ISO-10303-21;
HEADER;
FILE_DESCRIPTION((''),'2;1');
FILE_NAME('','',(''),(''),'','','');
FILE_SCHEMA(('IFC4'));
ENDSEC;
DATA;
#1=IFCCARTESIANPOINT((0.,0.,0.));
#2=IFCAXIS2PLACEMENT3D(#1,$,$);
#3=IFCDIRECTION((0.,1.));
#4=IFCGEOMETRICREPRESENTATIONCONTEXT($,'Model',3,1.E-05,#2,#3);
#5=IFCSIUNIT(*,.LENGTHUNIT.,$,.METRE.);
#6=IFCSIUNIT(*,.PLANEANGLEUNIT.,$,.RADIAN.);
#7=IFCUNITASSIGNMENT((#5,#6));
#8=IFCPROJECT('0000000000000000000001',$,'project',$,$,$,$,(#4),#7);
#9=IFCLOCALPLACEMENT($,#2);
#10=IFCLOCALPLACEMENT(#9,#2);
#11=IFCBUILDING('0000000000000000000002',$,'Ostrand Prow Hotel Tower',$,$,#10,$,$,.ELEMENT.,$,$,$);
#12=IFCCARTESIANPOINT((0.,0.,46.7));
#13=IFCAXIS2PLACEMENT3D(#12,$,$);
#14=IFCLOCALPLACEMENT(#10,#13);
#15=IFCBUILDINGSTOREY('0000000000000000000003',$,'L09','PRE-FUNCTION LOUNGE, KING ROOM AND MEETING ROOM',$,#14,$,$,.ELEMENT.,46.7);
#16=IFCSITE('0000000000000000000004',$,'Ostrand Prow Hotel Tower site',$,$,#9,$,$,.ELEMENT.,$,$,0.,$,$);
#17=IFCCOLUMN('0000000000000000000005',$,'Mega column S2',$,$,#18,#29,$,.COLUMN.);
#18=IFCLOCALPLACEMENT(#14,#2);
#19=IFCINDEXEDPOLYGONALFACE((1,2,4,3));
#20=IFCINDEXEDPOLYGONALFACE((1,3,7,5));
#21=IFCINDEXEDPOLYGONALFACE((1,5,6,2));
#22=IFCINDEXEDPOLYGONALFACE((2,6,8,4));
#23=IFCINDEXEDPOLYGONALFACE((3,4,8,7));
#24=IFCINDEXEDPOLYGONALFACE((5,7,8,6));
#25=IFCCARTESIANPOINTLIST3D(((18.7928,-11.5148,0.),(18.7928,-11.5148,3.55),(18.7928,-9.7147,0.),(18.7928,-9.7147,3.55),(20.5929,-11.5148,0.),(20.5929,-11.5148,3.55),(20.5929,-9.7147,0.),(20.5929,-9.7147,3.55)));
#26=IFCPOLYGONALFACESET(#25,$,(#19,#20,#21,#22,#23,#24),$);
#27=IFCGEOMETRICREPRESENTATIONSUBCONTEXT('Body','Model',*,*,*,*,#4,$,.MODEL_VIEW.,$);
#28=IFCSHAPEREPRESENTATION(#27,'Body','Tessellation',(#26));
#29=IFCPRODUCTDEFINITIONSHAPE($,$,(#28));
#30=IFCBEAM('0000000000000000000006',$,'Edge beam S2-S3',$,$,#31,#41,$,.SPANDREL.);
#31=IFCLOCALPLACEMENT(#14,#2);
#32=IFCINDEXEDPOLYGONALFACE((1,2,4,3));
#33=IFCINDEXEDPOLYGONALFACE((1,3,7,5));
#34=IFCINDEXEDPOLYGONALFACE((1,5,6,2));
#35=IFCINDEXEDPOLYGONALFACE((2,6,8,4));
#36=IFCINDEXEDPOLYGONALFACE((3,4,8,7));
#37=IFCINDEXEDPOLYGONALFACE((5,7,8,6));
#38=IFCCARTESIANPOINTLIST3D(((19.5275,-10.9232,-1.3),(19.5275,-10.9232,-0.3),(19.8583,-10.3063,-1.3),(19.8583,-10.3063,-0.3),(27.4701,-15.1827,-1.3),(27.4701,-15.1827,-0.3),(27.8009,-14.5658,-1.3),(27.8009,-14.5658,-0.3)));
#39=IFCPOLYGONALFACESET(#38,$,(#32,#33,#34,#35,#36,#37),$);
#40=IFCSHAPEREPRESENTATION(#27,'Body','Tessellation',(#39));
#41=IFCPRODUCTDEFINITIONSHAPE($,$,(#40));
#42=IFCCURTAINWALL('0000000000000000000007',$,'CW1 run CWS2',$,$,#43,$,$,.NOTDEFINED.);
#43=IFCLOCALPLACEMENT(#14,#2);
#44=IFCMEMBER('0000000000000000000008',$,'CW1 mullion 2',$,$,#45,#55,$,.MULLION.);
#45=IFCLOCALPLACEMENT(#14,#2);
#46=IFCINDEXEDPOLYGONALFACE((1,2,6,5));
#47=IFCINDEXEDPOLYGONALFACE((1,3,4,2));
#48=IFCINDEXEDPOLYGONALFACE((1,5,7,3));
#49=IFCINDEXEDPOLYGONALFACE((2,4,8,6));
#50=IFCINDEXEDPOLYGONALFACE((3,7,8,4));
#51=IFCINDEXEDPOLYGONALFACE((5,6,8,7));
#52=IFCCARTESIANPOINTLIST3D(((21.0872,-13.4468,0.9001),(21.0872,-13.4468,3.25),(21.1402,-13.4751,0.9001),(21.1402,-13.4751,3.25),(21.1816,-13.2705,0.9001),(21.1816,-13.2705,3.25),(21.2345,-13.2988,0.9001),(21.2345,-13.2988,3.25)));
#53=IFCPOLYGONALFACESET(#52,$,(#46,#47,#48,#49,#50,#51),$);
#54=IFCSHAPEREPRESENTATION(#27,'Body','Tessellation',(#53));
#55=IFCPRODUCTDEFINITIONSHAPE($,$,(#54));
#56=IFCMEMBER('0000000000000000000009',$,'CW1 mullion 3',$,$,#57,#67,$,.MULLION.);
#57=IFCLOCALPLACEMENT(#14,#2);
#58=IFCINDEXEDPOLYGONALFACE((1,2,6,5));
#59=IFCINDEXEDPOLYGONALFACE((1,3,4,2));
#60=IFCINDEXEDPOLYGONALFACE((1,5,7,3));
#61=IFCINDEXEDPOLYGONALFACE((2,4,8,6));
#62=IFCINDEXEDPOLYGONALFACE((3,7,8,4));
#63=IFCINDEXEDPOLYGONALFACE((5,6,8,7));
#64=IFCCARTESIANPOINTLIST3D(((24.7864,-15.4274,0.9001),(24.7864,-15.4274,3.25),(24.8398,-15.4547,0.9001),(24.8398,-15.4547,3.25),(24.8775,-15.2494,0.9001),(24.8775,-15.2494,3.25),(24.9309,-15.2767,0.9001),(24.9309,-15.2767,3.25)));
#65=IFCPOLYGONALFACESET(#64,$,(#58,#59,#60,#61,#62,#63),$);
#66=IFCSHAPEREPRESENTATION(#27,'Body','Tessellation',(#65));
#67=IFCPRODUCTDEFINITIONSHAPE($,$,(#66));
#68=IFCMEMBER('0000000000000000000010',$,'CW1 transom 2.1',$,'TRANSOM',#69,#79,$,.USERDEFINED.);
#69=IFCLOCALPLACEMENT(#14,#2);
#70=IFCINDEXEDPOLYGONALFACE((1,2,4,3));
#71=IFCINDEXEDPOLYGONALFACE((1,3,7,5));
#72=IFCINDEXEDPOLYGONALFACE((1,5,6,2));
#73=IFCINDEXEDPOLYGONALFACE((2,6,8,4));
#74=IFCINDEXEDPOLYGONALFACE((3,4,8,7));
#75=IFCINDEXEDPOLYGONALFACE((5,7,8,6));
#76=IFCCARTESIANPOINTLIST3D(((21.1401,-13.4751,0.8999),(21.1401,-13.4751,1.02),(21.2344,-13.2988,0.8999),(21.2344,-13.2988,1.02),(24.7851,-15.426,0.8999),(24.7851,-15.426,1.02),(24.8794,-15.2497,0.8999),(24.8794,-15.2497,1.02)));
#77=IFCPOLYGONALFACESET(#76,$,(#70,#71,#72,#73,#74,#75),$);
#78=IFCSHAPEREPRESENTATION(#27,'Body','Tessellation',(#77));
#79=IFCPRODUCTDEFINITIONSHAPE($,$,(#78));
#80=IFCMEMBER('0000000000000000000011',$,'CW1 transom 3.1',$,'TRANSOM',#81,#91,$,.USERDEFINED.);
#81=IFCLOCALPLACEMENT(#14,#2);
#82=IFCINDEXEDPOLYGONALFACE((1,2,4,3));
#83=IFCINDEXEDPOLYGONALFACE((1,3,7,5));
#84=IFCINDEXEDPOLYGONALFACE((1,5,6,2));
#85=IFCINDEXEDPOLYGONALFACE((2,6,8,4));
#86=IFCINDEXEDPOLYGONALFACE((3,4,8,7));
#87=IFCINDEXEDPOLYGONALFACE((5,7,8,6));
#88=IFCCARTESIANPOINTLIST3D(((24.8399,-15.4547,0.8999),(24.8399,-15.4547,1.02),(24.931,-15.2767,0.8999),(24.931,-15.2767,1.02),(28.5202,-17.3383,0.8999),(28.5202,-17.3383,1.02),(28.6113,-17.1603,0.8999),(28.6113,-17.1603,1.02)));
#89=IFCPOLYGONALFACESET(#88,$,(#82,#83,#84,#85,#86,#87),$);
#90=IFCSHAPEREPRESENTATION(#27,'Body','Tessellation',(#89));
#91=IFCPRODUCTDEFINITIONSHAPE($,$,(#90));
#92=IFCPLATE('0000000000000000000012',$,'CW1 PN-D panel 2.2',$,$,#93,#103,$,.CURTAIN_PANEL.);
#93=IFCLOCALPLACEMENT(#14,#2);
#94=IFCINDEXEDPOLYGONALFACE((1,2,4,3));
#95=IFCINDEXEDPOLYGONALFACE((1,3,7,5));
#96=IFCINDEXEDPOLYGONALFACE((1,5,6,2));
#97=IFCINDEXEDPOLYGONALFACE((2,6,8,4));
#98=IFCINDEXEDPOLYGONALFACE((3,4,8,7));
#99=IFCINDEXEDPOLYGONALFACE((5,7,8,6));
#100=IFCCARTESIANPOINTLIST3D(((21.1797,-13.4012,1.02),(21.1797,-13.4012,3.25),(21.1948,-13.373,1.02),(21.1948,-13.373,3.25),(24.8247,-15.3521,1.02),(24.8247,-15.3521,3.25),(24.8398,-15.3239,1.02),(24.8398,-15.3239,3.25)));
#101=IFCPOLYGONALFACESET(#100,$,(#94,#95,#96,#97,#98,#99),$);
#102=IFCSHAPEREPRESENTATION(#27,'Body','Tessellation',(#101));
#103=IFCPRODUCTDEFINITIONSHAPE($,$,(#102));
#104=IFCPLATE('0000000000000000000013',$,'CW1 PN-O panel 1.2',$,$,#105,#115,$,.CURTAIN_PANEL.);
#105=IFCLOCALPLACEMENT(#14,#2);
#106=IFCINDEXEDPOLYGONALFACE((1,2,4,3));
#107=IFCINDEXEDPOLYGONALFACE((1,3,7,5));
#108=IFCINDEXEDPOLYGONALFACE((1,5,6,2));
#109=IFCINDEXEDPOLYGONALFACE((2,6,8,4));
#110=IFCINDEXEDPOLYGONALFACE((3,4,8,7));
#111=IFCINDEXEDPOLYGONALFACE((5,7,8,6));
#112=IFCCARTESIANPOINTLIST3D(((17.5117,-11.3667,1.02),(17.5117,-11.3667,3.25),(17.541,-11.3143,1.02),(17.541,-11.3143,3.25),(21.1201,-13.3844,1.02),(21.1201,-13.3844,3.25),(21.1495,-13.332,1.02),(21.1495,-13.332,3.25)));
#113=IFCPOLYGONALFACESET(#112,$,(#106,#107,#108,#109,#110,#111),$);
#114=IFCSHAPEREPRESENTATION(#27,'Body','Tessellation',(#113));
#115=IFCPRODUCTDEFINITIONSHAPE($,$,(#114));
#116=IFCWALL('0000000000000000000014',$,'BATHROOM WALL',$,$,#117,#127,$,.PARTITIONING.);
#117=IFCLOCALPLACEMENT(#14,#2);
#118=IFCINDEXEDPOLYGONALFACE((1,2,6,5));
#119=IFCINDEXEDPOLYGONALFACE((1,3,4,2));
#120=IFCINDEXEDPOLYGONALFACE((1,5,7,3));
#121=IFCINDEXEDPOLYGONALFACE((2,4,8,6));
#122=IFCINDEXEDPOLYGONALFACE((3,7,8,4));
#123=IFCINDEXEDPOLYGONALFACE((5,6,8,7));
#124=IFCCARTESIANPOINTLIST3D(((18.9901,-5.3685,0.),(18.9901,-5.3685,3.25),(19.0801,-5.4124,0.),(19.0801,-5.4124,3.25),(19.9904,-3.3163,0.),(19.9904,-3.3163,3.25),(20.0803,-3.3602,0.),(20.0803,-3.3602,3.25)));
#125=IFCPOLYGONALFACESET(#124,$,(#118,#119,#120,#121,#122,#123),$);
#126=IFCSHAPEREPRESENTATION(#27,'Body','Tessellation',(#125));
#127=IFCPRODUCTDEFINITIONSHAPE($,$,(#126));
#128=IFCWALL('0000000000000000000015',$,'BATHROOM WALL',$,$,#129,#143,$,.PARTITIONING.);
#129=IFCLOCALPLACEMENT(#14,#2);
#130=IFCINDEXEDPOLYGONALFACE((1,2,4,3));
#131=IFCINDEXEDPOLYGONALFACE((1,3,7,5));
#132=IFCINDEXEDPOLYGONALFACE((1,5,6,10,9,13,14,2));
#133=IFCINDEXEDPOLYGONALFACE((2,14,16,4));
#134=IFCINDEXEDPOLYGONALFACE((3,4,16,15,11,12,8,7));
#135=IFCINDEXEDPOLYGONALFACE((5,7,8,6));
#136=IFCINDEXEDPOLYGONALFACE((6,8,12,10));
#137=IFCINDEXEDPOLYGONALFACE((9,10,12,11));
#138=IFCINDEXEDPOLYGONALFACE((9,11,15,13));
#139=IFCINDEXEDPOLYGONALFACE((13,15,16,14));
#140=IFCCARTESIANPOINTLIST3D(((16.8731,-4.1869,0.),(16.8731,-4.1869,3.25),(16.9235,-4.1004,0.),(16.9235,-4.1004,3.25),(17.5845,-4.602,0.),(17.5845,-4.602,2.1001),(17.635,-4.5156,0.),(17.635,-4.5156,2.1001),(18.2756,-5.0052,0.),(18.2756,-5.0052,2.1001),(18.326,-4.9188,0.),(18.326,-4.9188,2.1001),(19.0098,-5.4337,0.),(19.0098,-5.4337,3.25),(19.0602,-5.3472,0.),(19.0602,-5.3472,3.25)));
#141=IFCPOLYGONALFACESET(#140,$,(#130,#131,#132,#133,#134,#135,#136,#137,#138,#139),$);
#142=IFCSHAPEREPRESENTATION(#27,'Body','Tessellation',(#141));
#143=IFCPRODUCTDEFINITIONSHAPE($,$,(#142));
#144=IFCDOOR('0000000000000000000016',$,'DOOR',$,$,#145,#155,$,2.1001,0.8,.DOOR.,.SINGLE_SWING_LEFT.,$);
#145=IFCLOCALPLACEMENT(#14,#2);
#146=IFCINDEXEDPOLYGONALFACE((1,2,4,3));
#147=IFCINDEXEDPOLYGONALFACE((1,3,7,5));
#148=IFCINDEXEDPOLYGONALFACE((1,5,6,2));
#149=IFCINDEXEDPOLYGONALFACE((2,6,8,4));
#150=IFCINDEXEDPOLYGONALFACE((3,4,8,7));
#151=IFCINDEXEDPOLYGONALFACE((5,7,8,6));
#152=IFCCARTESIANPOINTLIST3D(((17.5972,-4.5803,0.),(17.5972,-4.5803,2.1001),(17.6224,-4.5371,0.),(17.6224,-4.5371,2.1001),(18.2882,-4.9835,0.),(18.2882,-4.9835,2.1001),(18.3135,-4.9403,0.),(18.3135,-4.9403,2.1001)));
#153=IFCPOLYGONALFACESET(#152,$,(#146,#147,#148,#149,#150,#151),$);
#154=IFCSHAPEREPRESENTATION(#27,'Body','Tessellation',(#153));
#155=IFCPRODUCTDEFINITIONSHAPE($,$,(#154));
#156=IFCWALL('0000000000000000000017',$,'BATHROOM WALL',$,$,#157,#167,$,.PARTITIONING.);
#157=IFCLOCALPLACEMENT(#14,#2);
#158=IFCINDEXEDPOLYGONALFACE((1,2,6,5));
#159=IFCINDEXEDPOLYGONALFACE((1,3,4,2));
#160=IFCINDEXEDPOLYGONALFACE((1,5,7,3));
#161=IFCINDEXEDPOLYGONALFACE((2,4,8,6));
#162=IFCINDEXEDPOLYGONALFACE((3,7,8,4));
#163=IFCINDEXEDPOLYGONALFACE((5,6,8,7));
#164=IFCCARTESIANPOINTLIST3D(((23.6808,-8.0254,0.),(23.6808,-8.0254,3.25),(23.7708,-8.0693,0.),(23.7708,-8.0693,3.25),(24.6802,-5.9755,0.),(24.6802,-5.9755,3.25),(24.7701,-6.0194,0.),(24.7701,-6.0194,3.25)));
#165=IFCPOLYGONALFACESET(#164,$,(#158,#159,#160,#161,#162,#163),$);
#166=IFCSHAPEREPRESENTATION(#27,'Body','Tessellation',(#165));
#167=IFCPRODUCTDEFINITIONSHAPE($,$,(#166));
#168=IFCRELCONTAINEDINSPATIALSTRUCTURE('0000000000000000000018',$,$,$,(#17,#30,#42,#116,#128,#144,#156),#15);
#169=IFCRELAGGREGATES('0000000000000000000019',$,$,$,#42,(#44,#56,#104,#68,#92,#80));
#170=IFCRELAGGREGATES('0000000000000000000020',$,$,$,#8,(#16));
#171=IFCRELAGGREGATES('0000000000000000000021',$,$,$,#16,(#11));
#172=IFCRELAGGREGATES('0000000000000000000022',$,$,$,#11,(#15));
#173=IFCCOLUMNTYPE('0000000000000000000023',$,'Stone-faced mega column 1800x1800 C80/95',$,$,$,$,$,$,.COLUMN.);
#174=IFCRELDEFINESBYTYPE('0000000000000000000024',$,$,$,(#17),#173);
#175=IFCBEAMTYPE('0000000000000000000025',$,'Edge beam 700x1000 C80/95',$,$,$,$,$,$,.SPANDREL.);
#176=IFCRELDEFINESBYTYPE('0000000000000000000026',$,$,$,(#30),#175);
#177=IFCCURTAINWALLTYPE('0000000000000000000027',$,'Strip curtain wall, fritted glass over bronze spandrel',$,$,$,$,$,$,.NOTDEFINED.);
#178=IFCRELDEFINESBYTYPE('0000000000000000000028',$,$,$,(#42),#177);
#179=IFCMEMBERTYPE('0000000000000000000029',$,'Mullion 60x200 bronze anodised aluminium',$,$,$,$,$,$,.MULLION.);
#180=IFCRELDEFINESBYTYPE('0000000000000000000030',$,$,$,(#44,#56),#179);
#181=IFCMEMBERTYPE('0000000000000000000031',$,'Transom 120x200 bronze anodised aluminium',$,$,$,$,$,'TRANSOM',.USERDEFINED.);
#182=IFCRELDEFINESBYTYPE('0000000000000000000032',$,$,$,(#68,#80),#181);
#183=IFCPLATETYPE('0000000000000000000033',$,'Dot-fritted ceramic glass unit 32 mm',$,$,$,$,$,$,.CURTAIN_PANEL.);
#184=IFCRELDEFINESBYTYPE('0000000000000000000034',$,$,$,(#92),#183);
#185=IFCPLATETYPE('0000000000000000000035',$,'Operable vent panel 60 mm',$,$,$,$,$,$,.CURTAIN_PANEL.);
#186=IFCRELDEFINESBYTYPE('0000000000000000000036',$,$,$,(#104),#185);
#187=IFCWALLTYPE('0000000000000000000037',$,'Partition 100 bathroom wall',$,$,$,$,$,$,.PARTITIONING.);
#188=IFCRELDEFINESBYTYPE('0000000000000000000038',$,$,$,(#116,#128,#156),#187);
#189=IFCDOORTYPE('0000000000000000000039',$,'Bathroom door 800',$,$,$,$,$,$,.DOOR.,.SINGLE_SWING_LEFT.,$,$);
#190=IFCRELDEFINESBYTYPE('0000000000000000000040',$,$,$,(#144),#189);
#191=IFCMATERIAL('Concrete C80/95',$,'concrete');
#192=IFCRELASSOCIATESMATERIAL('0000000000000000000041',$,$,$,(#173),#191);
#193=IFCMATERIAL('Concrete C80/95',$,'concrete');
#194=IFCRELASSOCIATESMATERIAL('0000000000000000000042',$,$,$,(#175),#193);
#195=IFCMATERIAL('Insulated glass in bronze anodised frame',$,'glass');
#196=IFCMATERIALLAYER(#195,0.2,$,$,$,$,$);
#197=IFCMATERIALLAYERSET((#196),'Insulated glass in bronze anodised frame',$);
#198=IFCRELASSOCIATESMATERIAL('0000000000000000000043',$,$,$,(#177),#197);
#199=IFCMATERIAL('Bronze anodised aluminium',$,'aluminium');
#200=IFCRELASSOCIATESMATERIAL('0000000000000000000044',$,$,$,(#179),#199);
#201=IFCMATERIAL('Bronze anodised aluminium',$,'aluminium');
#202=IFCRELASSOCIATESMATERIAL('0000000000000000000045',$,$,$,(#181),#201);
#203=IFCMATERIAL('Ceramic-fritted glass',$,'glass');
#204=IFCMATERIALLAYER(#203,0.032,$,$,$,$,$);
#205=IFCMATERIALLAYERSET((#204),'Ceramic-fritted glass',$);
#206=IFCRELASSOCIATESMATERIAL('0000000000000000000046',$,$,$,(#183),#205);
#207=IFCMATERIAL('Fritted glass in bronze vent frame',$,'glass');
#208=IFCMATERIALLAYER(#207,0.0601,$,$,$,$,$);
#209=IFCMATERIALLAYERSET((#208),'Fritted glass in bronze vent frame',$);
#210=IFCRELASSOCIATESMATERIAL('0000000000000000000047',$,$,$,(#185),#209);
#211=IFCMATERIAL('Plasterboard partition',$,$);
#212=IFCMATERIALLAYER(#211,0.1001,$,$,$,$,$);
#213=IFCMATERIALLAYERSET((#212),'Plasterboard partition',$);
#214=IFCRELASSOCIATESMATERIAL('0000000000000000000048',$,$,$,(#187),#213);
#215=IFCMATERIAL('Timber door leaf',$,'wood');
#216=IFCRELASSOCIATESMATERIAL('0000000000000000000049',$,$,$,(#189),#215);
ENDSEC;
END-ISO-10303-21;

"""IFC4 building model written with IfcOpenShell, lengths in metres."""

from ifc_helpers import new_model, si_unit, direction, frame, frame_2d, origin, origin_2d, place, context, subcontext, project, spatial, rectangle, extrude, material, layer, layer_set, material_profile, profile_set, type_object, element, fill, aggregate, save


model = new_model("IFC4")

# Units and contexts
model_context = context("Model", 3, precision=1e-05, world=origin(), true_north=direction((0.0, 1.0)))
body_context = subcontext(model_context, "Body", "Model", "MODEL_VIEW")
ifc_project = project(units=[si_unit("LENGTHUNIT", "METRE"), si_unit("PLANEANGLEUNIT", "RADIAN")], contexts=[model_context])

# Site, building, storey
site_placement = place(None, origin())
site = spatial("IfcSite", under=ifc_project, at=site_placement, Name="Ostrand Prow Hotel Tower site", CompositionType="ELEMENT", RefElevation=0.0)
building_placement = place(site_placement, origin())
building = spatial("IfcBuilding", under=site, at=building_placement, Name="Ostrand Prow Hotel Tower", CompositionType="ELEMENT")
storey_placement = place(building_placement, frame((0.0, 0.0, 46.7)))
storey = spatial("IfcBuildingStorey", under=building, at=storey_placement, Name="L09", Description="PRE-FUNCTION LOUNGE, KING ROOM AND MEETING ROOM", CompositionType="ELEMENT", Elevation=46.7)

# Column
ifc_material_1 = material(Name="Concrete C80/95", Category="concrete")
ifc_material_profile_1 = material_profile(ifc_material_1, rectangle(XDim=1.8, YDim=1.8, at=origin_2d()), Name="RC 1800x1800")
ifc_profile_set_1 = profile_set([ifc_material_profile_1], Name="Concrete C80/95")
column_type = type_object("IfcColumnType", Name="Stone-faced mega column 1800x1800 C80/95", PredefinedType="COLUMN", material=ifc_profile_set_1)
column_placement = place(storey_placement, frame((19.6929, -10.6147, 0.0), z_axis=(0.0, 0.0, 1.0), x_axis=(1.0, 0.0, 0.0)))
element("IfcColumn", 1, at=column_placement, inside=storey, type_object=column_type, Name="Mega column S2", PredefinedType="COLUMN", context=body_context, shape_type="SweptSolid", body=[
    extrude(rectangle(XDim=1.8, YDim=1.8, at=origin_2d()), origin(), (0.0, 0.0, 1.0), 3.55),
])

# Beam
ifc_material_2 = material(Name="Concrete C80/95", Category="concrete")
ifc_material_profile_2 = material_profile(ifc_material_2, rectangle(XDim=0.7, YDim=1.0, at=origin_2d()), Name="RC 700x1000")
ifc_profile_set_2 = profile_set([ifc_material_profile_2], Name="Concrete C80/95")
beam_type = type_object("IfcBeamType", Name="Edge beam 700x1000 C80/95", PredefinedType="SPANDREL", material=ifc_profile_set_2)
beam_placement = place(storey_placement, frame((19.6929, -10.6147, -0.8), z_axis=(0.88127, -0.472613, 0.0), x_axis=(0.472613, 0.88127, 0.0)))
element("IfcBeam", 2, at=beam_placement, inside=storey, type_object=beam_type, Name="Edge beam S2-S3", PredefinedType="SPANDREL", context=body_context, shape_type="SweptSolid", body=[
    extrude(rectangle(XDim=0.7, YDim=1.0, at=origin_2d()), origin(), (0.0, 0.0, 1.0), 9.0127),
])

# Curtain wall, members, plates
ifc_material_3 = material(Name="Insulated glass in bronze anodised frame", Category="glass")
ifc_layer_1 = layer(ifc_material_3, 0.2)
ifc_layer_set_1 = layer_set([ifc_layer_1], Name="Insulated glass in bronze anodised frame")
curtain_wall_type = type_object("IfcCurtainWallType", Name="Strip curtain wall, fritted glass over bronze spandrel", PredefinedType="NOTDEFINED", material=ifc_layer_set_1)
curtain_wall_placement = place(storey_placement, origin())
curtain_wall = element("IfcCurtainWall", 3, at=curtain_wall_placement, inside=storey, type_object=curtain_wall_type, Name="CW1 run CWS2", PredefinedType="NOTDEFINED")
ifc_material_4 = material(Name="Bronze anodised aluminium", Category="aluminium")
ifc_material_profile_3 = material_profile(ifc_material_4, rectangle(XDim=0.2, YDim=0.0601, at=origin_2d()), Name="Mullion 60x200 bronze anodised aluminium")
ifc_profile_set_3 = profile_set([ifc_material_profile_3], Name="Bronze anodised aluminium")
member_type_1 = type_object("IfcMemberType", Name="Mullion 60x200 bronze anodised aluminium", PredefinedType="MULLION", material=ifc_profile_set_3)
member_1_placement = place(storey_placement, frame((21.1609, -13.3728, 0.9001), z_axis=(0.0, 0.0, 1.0), x_axis=(0.4719, 0.881652, 0.0)))
member_1 = element("IfcMember", 4, at=member_1_placement, type_object=member_type_1, Name="CW1 mullion 2", PredefinedType="MULLION", context=body_context, shape_type="SweptSolid", body=[
    extrude(rectangle(XDim=0.2, YDim=0.0601, at=origin_2d()), origin(), (0.0, 0.0, 1.0), 2.3499),
])
member_2_placement = place(storey_placement, frame((24.8586, -15.3521, 0.9001), z_axis=(0.0, 0.0, 1.0), x_axis=(0.455596, 0.890187, 0.0)))
member_2 = element("IfcMember", 5, at=member_2_placement, type_object=member_type_1, Name="CW1 mullion 3", PredefinedType="MULLION", context=body_context, shape_type="SweptSolid", body=[
    extrude(rectangle(XDim=0.2, YDim=0.0601, at=origin_2d()), origin(), (0.0, 0.0, 1.0), 2.3499),
])
ifc_material_5 = material(Name="Bronze anodised aluminium", Category="aluminium")
ifc_material_profile_4 = material_profile(ifc_material_5, rectangle(XDim=0.2, YDim=0.1201, at=origin_2d()), Name="Transom 120x200 bronze anodised aluminium")
ifc_profile_set_4 = profile_set([ifc_material_profile_4], Name="Bronze anodised aluminium")
member_type_2 = type_object("IfcMemberType", Name="Transom 120x200 bronze anodised aluminium", ElementType="TRANSOM", PredefinedType="USERDEFINED", material=ifc_profile_set_4)
member_3_placement = place(storey_placement, frame((21.1873, -13.387, 0.96), z_axis=(0.881657, -0.47189, 0.0), x_axis=(0.47189, 0.881657, 0.0)))
member_3 = element("IfcMember", 6, at=member_3_placement, type_object=member_type_2, Name="CW1 transom 2.1", ObjectType="TRANSOM", PredefinedType="USERDEFINED", context=body_context, shape_type="SweptSolid", body=[
    extrude(rectangle(XDim=0.2, YDim=0.1201, at=origin_2d()), origin(), (0.0, 0.0, 1.0), 4.1343),
])
member_4_placement = place(storey_placement, frame((24.8855, -15.3657, 0.96), z_axis=(0.890183, -0.455603, 0.0), x_axis=(0.455603, 0.890183, 0.0)))
member_4 = element("IfcMember", 7, at=member_4_placement, type_object=member_type_2, Name="CW1 transom 3.1", ObjectType="TRANSOM", PredefinedType="USERDEFINED", context=body_context, shape_type="SweptSolid", body=[
    extrude(rectangle(XDim=0.2, YDim=0.1201, at=origin_2d()), origin(), (0.0, 0.0, 1.0), 4.1343),
])
ifc_material_6 = material(Name="Ceramic-fritted glass", Category="glass")
ifc_layer_2 = layer(ifc_material_6, 0.032)
ifc_layer_set_2 = layer_set([ifc_layer_2], Name="Ceramic-fritted glass")
plate_type_1 = type_object("IfcPlateType", Name="Dot-fritted ceramic glass unit 32 mm", PredefinedType="CURTAIN_PANEL", material=ifc_layer_set_2)
plate_1_placement = place(storey_placement, frame((23.0098, -14.3625, 1.02), z_axis=(0.0, 0.0, 1.0), x_axis=(0.881652, -0.4719, 0.0)))
plate_1 = element("IfcPlate", 8, at=plate_1_placement, type_object=plate_type_1, Name="CW1 PN-D panel 2.2", PredefinedType="CURTAIN_PANEL", context=body_context, shape_type="SweptSolid", body=[
    extrude(rectangle(XDim=4.1343, YDim=0.032, at=origin_2d()), origin(), (0.0, 0.0, 1.0), 2.23),
])
ifc_material_7 = material(Name="Fritted glass in bronze vent frame", Category="glass")
ifc_layer_3 = layer(ifc_material_7, 0.0601)
ifc_layer_set_3 = layer_set([ifc_layer_3], Name="Fritted glass in bronze vent frame")
plate_type_2 = type_object("IfcPlateType", Name="Operable vent panel 60 mm", PredefinedType="CURTAIN_PANEL", material=ifc_layer_set_3)
plate_2_placement = place(storey_placement, frame((19.3306, -12.3494, 1.02), z_axis=(0.0, 0.0, 1.0), x_axis=(0.872819, -0.488044, 0.0)))
plate_2 = element("IfcPlate", 9, at=plate_2_placement, type_object=plate_type_2, Name="CW1 PN-O panel 1.2", PredefinedType="CURTAIN_PANEL", context=body_context, shape_type="SweptSolid", body=[
    extrude(rectangle(XDim=4.1343, YDim=0.0601, at=origin_2d()), origin(), (0.0, 0.0, 1.0), 2.23),
])
aggregate(curtain_wall, [member_1, member_2, plate_2, member_3, plate_1, member_4])

# Wall
ifc_material_8 = material(Name="Plasterboard partition")
ifc_layer_4 = layer(ifc_material_8, 0.1001)
ifc_layer_set_4 = layer_set([ifc_layer_4], Name="Plasterboard partition")
wall_type_1 = type_object("IfcWallType", Name="Partition 100 bathroom wall", PredefinedType="PARTITIONING", material=ifc_layer_set_4)
wall_1_placement = place(storey_placement, frame((20.0354, -3.3381, 0.0), z_axis=(0.0, 0.0, 1.0), x_axis=(-0.438122, -0.898915, 0.0)))
element("IfcWall", 10, at=wall_1_placement, inside=storey, type_object=wall_type_1, Name="BATHROOM WALL", PredefinedType="PARTITIONING", context=body_context, shape_type="SweptSolid", body=[
    extrude(rectangle(XDim=2.283, YDim=0.1001, at=frame_2d((1.1416, 0.0))), origin(), (0.0, 0.0, 1.0), 3.25),
])

# Wall, opening, door
wall_2_placement = place(storey_placement, frame((19.0349, -5.3904, 0.0), z_axis=(0.0, 0.0, 1.0), x_axis=(-0.863707, 0.503994, 0.0)))
wall_2 = element("IfcWall", 11, at=wall_2_placement, inside=storey, type_object=wall_type_1, Name="BATHROOM WALL", PredefinedType="PARTITIONING", context=body_context, shape_type="SweptSolid", body=[
    extrude(rectangle(XDim=2.4739, YDim=0.1001, at=frame_2d((1.2368, 0.0))), origin(), (0.0, 0.0, 1.0), 3.25),
])
opening_1_placement = place(wall_2_placement, frame((0.8501, 0.0, 0.0)))
opening_1 = element("IfcOpeningElement", 12, at=opening_1_placement, cuts=wall_2, PredefinedType="OPENING", context=body_context, shape_type="SweptSolid", body=[
    extrude(rectangle(XDim=0.8, YDim=2.1001, at=frame_2d((0.3999, 1.05))), frame((0.0, 0.0601, 0.0), z_axis=(0.0, -1.0, 0.0), x_axis=(1.0, 0.0, 0.0)), (0.0, 0.0, 1.0), 0.1201),
])
ifc_material_9 = material(Name="Timber door leaf", Category="wood")
door_type_1 = type_object("IfcDoorType", Name="Bathroom door 800", OperationType="SINGLE_SWING_LEFT", PredefinedType="DOOR", material=ifc_material_9)
door_1_placement = place(opening_1_placement, origin())
door_1 = element("IfcDoor", 13, at=door_1_placement, inside=storey, type_object=door_type_1, Name="DOOR", OperationType="SINGLE_SWING_LEFT", OverallHeight=2.1001, OverallWidth=0.8, PredefinedType="DOOR", context=body_context, shape_type="SweptSolid", body=[
    extrude(rectangle(XDim=0.8, YDim=2.1001, at=frame_2d((0.3999, 1.05))), frame((0.0, 0.0249, 0.0), z_axis=(0.0, -1.0, 0.0), x_axis=(1.0, 0.0, 0.0)), (0.0, 0.0, 1.0), 0.05),
])
fill(opening_1, door_1)

# Wall
wall_3_placement = place(storey_placement, frame((24.7251, -5.9976, 0.0), z_axis=(0.0, 0.0, 1.0), x_axis=(-0.438198, -0.898879, 0.0)))
element("IfcWall", 14, at=wall_3_placement, inside=storey, type_object=wall_type_1, Name="BATHROOM WALL", PredefinedType="PARTITIONING", context=body_context, shape_type="SweptSolid", body=[
    extrude(rectangle(XDim=2.2805, YDim=0.1001, at=frame_2d((1.1401, 0.0))), origin(), (0.0, 0.0, 1.0), 3.25),
])

save(model, "model.ifc")
